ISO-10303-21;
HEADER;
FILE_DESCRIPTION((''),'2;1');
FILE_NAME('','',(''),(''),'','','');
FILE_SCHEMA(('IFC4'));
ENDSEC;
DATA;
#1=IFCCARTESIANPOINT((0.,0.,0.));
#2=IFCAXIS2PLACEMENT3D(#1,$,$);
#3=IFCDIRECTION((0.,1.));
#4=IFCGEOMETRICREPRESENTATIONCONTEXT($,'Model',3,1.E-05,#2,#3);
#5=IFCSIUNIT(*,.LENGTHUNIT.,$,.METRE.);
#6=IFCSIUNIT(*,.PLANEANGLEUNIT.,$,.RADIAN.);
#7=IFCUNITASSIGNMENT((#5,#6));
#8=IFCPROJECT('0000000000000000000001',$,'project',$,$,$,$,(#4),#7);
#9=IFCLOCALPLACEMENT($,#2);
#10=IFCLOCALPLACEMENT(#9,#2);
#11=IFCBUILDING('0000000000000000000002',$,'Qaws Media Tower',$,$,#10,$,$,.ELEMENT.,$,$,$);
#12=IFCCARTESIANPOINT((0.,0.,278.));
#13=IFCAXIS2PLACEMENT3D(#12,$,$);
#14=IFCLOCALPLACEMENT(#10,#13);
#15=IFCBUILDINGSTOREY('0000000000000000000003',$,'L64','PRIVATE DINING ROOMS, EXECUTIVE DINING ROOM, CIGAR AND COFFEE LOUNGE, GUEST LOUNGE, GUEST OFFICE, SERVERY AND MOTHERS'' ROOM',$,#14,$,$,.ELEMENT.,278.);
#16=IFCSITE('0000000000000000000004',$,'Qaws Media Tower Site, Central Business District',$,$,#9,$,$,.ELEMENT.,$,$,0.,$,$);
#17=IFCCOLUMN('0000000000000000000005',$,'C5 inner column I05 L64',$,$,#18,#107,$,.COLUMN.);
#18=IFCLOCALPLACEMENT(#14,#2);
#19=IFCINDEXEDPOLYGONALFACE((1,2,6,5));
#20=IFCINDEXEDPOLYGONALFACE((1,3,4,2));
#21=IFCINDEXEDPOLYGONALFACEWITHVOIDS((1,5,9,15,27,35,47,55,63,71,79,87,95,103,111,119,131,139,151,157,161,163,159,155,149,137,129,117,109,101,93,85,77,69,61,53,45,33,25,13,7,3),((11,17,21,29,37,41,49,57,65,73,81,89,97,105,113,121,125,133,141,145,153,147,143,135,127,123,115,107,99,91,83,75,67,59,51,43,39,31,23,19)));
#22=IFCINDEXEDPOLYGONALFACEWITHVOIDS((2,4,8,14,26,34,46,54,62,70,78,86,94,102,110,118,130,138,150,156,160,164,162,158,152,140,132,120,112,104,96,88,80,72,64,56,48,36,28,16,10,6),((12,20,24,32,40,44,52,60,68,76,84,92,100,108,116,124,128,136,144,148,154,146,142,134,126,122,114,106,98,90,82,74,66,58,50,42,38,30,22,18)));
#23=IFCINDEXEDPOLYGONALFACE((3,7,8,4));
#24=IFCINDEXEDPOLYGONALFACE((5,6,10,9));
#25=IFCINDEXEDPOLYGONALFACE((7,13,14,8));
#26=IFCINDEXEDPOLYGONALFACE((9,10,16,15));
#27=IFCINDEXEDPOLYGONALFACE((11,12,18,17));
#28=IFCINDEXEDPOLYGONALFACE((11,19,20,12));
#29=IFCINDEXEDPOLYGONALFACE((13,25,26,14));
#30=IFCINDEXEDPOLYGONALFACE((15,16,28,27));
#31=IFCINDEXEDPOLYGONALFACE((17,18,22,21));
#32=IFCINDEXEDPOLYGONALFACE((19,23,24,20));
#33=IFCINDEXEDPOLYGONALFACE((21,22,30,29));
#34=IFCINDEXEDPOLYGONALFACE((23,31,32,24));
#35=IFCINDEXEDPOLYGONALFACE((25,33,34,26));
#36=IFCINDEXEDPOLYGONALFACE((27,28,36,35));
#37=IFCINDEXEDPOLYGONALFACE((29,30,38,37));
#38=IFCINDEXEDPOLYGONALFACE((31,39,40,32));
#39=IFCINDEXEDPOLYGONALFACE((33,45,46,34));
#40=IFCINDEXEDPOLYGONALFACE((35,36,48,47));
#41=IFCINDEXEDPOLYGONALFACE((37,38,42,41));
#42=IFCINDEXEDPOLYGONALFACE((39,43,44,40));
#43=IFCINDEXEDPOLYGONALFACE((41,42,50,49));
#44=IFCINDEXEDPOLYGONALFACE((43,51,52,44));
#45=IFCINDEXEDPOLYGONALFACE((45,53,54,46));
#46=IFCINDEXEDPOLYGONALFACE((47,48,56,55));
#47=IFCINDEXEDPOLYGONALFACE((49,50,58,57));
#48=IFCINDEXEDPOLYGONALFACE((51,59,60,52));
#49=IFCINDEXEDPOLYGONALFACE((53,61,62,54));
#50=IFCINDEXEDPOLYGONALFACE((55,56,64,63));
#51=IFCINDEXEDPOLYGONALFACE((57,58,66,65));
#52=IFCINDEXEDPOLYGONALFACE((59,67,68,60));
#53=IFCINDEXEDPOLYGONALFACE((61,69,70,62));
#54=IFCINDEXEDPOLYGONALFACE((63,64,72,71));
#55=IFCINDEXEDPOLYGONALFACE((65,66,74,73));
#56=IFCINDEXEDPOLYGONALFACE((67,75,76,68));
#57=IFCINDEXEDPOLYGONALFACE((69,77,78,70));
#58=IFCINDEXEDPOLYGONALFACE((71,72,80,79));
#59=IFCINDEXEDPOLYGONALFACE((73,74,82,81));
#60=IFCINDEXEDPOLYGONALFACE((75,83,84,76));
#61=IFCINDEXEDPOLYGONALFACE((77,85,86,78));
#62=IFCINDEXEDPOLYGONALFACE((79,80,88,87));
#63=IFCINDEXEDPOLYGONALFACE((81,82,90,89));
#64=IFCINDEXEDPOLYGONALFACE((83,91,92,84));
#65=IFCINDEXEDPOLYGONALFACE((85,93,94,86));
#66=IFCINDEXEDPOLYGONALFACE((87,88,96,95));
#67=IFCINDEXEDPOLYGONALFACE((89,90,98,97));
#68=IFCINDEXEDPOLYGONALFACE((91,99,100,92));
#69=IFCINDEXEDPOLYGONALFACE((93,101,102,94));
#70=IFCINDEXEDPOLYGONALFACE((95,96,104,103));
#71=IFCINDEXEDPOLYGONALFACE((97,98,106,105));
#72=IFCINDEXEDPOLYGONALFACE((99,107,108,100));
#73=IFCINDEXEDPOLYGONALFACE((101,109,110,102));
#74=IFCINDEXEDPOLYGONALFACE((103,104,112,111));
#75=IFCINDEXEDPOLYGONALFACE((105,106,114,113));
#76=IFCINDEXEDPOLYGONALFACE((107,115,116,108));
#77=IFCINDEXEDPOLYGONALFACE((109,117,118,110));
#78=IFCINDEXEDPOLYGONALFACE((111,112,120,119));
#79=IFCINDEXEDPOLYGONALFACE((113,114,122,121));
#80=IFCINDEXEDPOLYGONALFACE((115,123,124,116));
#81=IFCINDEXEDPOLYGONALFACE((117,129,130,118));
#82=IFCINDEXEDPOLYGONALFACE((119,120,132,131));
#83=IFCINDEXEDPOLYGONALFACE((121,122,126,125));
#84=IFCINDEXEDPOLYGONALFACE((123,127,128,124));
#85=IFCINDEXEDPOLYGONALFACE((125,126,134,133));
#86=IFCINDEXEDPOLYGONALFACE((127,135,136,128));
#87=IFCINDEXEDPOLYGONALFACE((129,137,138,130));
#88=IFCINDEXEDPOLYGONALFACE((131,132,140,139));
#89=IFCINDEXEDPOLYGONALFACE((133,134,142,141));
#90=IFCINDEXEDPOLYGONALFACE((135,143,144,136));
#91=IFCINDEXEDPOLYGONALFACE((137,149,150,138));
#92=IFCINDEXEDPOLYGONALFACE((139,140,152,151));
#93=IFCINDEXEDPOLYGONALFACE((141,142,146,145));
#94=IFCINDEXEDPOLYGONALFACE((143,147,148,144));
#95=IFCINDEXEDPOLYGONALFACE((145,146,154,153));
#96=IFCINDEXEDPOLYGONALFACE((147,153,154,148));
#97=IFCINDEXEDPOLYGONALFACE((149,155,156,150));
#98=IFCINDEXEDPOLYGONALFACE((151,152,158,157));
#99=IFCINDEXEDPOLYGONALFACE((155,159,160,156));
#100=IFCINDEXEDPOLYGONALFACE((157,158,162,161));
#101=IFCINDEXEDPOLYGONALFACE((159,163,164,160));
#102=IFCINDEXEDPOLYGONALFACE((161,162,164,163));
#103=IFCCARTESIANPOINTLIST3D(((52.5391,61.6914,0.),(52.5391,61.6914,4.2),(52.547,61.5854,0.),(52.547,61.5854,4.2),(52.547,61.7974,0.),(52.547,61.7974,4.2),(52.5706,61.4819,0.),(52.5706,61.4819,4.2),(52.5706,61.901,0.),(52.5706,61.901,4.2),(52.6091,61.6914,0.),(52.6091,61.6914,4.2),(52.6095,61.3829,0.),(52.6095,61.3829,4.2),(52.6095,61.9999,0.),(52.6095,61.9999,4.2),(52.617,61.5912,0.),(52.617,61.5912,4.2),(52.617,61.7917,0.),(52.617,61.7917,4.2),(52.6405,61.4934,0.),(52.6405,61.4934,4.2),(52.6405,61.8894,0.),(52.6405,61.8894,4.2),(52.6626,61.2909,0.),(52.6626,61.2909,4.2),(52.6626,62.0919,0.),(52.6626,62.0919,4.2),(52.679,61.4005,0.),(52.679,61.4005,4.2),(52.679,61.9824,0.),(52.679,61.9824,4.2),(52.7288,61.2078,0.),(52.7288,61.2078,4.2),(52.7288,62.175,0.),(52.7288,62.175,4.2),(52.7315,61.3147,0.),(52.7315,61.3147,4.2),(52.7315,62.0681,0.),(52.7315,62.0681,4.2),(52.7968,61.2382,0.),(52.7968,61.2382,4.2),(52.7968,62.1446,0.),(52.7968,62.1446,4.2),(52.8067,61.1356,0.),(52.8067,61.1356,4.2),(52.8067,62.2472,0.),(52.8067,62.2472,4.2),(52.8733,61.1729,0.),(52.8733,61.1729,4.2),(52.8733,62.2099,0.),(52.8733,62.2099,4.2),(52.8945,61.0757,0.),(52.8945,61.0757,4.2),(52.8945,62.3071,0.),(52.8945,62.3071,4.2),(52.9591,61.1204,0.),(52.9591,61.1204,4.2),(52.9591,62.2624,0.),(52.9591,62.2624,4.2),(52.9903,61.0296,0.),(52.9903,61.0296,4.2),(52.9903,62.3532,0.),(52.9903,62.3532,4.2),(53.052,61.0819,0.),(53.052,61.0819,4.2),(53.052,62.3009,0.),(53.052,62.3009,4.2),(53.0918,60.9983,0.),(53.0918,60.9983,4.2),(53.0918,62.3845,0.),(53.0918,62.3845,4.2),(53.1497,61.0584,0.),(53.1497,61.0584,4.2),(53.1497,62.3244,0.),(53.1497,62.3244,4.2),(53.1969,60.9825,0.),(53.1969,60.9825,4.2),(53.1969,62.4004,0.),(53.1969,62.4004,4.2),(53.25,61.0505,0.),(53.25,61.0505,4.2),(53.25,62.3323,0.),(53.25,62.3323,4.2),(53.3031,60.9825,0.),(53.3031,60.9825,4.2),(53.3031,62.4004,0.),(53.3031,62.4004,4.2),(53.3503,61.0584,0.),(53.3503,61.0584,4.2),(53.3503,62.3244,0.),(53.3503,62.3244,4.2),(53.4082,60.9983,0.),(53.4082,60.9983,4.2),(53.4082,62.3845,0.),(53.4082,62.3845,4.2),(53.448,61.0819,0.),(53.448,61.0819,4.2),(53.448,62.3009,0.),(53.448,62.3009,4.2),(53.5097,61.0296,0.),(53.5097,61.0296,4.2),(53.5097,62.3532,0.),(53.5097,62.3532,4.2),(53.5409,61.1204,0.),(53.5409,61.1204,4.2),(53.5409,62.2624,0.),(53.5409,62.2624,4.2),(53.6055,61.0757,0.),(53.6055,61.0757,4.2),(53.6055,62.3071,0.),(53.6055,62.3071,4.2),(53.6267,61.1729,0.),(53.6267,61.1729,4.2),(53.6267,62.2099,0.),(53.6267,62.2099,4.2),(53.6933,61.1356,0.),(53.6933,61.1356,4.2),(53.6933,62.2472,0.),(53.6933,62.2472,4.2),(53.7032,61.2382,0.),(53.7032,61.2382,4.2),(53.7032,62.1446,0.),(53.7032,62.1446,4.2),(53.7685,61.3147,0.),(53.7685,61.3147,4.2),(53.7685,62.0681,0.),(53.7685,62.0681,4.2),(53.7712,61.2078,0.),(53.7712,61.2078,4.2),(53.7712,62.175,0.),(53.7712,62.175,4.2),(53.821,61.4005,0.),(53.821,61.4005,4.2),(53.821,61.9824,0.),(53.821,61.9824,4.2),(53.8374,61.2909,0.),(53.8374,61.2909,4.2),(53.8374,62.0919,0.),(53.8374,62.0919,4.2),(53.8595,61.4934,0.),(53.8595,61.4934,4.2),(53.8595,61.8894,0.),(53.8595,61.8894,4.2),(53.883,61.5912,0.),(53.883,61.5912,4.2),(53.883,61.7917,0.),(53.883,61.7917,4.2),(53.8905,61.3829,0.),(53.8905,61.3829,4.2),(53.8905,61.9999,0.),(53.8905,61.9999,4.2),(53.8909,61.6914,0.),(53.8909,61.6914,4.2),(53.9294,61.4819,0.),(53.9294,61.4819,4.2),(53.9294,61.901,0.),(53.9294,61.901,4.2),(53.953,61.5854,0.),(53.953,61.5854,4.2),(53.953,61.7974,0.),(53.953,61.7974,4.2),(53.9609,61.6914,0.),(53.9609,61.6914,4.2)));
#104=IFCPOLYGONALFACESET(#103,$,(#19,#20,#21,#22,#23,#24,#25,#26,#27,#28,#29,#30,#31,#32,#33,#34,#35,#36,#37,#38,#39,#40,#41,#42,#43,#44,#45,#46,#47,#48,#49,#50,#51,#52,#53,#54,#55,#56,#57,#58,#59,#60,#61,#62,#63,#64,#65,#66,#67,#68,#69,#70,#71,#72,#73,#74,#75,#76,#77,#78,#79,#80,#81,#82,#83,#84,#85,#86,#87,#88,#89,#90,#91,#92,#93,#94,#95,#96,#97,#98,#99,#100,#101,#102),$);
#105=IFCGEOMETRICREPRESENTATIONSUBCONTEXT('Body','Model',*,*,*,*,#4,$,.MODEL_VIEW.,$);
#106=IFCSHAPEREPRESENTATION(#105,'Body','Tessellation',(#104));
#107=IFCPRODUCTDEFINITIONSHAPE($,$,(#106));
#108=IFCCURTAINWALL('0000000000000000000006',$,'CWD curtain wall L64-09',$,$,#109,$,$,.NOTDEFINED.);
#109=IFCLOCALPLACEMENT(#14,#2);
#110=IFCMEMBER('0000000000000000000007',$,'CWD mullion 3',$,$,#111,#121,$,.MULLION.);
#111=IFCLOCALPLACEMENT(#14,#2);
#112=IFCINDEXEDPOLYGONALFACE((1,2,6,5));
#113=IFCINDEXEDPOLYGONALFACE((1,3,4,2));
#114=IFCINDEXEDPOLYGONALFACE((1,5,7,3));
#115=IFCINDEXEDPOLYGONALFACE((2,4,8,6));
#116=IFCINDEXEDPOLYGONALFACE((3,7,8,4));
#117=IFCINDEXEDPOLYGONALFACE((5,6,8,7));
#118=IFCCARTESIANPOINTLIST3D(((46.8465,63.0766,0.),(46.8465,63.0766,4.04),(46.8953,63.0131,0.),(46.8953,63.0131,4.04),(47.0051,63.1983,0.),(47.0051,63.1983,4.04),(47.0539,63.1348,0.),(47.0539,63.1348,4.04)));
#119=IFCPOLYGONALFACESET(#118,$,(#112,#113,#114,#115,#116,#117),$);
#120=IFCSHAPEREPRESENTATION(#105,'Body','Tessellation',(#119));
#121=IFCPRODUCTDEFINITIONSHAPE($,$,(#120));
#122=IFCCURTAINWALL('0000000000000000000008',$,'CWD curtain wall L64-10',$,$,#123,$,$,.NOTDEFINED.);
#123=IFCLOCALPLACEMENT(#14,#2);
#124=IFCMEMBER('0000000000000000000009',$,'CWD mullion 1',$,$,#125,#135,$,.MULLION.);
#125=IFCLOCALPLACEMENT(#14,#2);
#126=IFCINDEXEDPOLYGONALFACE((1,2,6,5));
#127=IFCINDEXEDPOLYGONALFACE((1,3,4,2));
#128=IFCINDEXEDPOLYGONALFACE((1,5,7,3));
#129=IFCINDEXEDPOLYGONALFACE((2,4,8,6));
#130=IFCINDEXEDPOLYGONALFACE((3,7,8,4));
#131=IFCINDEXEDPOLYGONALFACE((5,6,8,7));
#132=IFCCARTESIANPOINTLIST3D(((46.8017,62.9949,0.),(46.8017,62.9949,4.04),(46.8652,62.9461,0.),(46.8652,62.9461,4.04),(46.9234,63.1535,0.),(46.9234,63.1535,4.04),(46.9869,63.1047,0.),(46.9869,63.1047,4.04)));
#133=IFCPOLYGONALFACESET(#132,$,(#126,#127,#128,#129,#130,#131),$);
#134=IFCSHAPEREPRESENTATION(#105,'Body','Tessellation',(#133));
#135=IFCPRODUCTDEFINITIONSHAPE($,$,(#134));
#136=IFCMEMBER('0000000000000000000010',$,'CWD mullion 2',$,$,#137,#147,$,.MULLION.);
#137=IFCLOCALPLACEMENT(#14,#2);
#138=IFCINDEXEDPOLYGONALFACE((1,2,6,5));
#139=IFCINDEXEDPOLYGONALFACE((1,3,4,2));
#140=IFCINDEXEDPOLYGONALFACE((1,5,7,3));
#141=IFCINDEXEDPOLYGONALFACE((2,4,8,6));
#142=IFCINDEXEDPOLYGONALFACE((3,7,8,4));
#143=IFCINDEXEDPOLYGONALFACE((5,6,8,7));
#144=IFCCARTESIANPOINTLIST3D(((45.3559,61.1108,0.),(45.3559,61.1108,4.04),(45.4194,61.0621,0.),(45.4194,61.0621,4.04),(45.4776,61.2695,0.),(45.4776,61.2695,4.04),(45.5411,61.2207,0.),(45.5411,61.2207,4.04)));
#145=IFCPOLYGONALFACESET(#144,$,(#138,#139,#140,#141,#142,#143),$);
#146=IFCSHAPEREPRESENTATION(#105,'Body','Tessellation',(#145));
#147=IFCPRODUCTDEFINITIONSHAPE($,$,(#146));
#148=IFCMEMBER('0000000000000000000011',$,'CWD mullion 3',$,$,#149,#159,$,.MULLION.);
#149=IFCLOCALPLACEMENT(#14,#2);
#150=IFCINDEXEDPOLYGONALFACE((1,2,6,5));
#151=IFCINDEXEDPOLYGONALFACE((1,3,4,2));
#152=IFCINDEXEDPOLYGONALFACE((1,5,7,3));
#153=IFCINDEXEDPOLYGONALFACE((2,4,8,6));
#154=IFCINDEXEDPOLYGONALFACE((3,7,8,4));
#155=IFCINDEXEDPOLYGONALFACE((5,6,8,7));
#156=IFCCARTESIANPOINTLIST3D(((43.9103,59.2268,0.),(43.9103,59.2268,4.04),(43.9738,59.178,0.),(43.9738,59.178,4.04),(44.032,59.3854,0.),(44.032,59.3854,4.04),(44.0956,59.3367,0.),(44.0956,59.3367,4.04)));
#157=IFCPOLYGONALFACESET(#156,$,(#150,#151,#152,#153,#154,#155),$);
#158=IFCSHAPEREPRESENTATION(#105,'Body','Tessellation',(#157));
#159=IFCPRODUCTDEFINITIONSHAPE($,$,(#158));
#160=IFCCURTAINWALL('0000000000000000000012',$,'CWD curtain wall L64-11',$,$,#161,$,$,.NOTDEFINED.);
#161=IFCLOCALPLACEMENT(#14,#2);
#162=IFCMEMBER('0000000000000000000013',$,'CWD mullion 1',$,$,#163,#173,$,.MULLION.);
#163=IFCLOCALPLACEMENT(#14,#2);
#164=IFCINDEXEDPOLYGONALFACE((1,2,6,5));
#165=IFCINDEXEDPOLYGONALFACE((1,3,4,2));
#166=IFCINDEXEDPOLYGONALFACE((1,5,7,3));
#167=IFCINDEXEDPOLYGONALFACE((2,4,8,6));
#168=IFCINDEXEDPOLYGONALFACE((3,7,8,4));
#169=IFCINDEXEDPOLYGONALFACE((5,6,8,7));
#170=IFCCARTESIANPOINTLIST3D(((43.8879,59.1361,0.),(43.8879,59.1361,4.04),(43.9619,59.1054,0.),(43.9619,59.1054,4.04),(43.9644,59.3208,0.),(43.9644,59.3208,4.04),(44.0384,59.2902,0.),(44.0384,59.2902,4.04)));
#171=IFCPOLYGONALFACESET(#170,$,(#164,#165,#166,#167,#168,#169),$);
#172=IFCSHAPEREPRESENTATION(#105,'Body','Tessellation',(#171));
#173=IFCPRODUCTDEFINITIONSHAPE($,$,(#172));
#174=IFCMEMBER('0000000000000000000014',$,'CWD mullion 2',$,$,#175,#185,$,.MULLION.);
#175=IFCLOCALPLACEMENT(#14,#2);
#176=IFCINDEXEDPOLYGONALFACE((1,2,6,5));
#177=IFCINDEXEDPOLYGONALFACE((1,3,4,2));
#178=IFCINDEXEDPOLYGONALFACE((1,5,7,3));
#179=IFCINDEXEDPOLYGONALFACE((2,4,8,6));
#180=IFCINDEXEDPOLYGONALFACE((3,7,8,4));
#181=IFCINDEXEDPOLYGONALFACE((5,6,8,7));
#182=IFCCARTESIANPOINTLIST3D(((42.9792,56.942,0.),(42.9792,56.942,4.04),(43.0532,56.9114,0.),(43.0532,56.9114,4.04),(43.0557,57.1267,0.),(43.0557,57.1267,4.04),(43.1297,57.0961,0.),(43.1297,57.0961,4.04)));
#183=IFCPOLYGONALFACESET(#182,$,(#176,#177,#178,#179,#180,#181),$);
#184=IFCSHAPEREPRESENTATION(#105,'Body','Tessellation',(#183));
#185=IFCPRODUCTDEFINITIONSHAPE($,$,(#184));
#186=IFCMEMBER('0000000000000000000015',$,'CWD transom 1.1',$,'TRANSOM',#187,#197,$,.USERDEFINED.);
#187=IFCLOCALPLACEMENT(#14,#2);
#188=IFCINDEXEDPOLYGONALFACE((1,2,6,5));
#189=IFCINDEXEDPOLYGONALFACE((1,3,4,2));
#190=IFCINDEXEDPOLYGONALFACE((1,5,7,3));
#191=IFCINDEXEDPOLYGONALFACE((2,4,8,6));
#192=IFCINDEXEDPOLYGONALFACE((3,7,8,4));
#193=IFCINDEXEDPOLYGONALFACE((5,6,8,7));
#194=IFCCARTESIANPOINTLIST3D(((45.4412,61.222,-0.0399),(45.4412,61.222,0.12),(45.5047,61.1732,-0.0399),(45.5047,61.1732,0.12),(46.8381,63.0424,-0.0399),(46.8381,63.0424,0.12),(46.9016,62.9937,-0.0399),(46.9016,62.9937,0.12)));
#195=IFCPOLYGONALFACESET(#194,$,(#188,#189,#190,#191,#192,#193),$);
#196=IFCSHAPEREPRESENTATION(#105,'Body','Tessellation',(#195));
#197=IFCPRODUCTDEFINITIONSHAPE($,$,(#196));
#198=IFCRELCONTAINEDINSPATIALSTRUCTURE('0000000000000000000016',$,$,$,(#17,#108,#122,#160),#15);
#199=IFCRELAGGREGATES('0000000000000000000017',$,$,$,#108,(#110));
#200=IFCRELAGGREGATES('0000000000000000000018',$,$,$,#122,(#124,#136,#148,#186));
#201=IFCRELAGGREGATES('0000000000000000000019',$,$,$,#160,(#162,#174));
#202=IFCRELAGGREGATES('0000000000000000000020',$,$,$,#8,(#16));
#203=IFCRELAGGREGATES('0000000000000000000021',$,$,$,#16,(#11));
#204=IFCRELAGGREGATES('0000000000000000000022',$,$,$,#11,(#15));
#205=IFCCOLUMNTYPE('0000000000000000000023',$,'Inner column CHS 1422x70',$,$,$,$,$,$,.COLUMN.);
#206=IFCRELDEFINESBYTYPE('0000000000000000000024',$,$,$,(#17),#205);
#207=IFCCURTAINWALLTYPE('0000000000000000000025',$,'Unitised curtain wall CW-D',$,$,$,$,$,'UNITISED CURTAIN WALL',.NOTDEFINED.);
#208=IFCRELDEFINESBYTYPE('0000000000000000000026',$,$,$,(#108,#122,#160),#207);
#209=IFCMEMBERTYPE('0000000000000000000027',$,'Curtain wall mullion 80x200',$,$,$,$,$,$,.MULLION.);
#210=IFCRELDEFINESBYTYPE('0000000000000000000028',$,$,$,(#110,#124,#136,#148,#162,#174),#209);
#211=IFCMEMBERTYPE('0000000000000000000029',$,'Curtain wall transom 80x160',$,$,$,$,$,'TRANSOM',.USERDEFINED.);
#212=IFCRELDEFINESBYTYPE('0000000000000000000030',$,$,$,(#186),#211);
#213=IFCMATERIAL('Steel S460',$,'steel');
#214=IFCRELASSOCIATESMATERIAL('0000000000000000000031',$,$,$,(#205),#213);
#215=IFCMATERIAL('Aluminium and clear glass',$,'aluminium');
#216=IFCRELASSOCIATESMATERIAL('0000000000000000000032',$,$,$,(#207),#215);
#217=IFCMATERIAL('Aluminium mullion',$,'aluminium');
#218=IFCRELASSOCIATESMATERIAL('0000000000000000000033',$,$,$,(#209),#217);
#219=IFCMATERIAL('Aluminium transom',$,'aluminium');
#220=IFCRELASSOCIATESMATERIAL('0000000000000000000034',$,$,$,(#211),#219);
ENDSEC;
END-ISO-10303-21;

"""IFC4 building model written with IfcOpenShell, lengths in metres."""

from ifc_helpers import new_model, si_unit, direction, frame, origin, origin_2d, place, context, subcontext, project, spatial, rectangle, hollow_circle, extrude, material, material_profile, profile_set, type_object, element, aggregate, save


model = new_model("IFC4")

# Units and contexts
model_context = context("Model", 3, precision=1e-05, world=origin(), true_north=direction((0.0, 1.0)))
body_context = subcontext(model_context, "Body", "Model", "MODEL_VIEW")
ifc_project = project(units=[si_unit("LENGTHUNIT", "METRE"), si_unit("PLANEANGLEUNIT", "RADIAN")], contexts=[model_context])

# Site, building, storey
site_placement = place(None, origin())
site = spatial("IfcSite", under=ifc_project, at=site_placement, Name="Qaws Media Tower Site, Central Business District", CompositionType="ELEMENT", RefElevation=0.0)
building_placement = place(site_placement, origin())
building = spatial("IfcBuilding", under=site, at=building_placement, Name="Qaws Media Tower", CompositionType="ELEMENT")
storey_placement = place(building_placement, frame((0.0, 0.0, 278.0)))
storey = spatial("IfcBuildingStorey", under=building, at=storey_placement, Name="L64", Description="PRIVATE DINING ROOMS, EXECUTIVE DINING ROOM, CIGAR AND COFFEE LOUNGE, GUEST LOUNGE, GUEST OFFICE, SERVERY AND MOTHERS' ROOM", CompositionType="ELEMENT", Elevation=278.0)

# Column
ifc_material_1 = material(Name="Steel S460", Category="steel")
ifc_material_profile_1 = material_profile(ifc_material_1, hollow_circle(Radius=0.7109, WallThickness=0.0701, at=origin_2d()), Name="CHS 1422x70")
ifc_profile_set_1 = profile_set([ifc_material_profile_1], Name="Steel S460")
column_type = type_object("IfcColumnType", Name="Inner column CHS 1422x70", PredefinedType="COLUMN", material=ifc_profile_set_1)
column_placement = place(storey_placement, frame((53.25, 61.6914, 0.0), z_axis=(0.0, 0.0, 1.0), x_axis=(1.0, 0.0, 0.0)))
element("IfcColumn", 1, at=column_placement, inside=storey, type_object=column_type, Name="C5 inner column I05 L64", PredefinedType="COLUMN", context=body_context, shape_type="SweptSolid", body=[
    extrude(hollow_circle(Radius=0.7109, WallThickness=0.0701, at=origin_2d()), origin(), (0.0, 0.0, 1.0), 4.2),
])

# Curtain wall, member
ifc_material_2 = material(Name="Aluminium and clear glass", Category="aluminium")
curtain_wall_type = type_object("IfcCurtainWallType", Name="Unitised curtain wall CW-D", ElementType="UNITISED CURTAIN WALL", PredefinedType="NOTDEFINED", material=ifc_material_2)
curtain_wall_1_placement = place(storey_placement, origin())
curtain_wall_1 = element("IfcCurtainWall", 2, at=curtain_wall_1_placement, inside=storey, type_object=curtain_wall_type, Name="CWD curtain wall L64-09", PredefinedType="NOTDEFINED")
ifc_material_3 = material(Name="Aluminium mullion", Category="aluminium")
ifc_material_profile_2 = material_profile(ifc_material_3, rectangle(XDim=0.0801, YDim=0.2, at=origin_2d()), Name="80x200")
ifc_profile_set_2 = profile_set([ifc_material_profile_2], Name="Aluminium mullion")
member_type_1 = type_object("IfcMemberType", Name="Curtain wall mullion 80x200", PredefinedType="MULLION", material=ifc_profile_set_2)
member_1_placement = place(storey_placement, frame((46.9502, 63.1057, 0.0), z_axis=(0.0, 0.0, 1.0), x_axis=(0.608762, -0.793353, 0.0)))
member_1 = element("IfcMember", 3, at=member_1_placement, type_object=member_type_1, Name="CWD mullion 3", PredefinedType="MULLION", context=body_context, shape_type="SweptSolid", body=[
    extrude(rectangle(XDim=0.0801, YDim=0.2, at=origin_2d()), origin(), (0.0, 0.0, 1.0), 4.04),
])
aggregate(curtain_wall_1, [member_1])

# Curtain walls, members
curtain_wall_2_placement = place(storey_placement, origin())
curtain_wall_2 = element("IfcCurtainWall", 4, at=curtain_wall_2_placement, inside=storey, type_object=curtain_wall_type, Name="CWD curtain wall L64-10", PredefinedType="NOTDEFINED")
member_2_placement = place(storey_placement, frame((46.8943, 63.0498, 0.0), z_axis=(0.0, 0.0, 1.0), x_axis=(0.793353, -0.608762, 0.0)))
member_2 = element("IfcMember", 5, at=member_2_placement, type_object=member_type_1, Name="CWD mullion 1", PredefinedType="MULLION", context=body_context, shape_type="SweptSolid", body=[
    extrude(rectangle(XDim=0.0801, YDim=0.2, at=origin_2d()), origin(), (0.0, 0.0, 1.0), 4.04),
])
member_3_placement = place(storey_placement, frame((45.4485, 61.1658, 0.0), z_axis=(0.0, 0.0, 1.0), x_axis=(0.793353, -0.608762, 0.0)))
member_3 = element("IfcMember", 6, at=member_3_placement, type_object=member_type_1, Name="CWD mullion 2", PredefinedType="MULLION", context=body_context, shape_type="SweptSolid", body=[
    extrude(rectangle(XDim=0.0801, YDim=0.2, at=origin_2d()), origin(), (0.0, 0.0, 1.0), 4.04),
])
member_4_placement = place(storey_placement, frame((44.0029, 59.2817, 0.0), z_axis=(0.0, 0.0, 1.0), x_axis=(0.793353, -0.608762, 0.0)))
member_4 = element("IfcMember", 7, at=member_4_placement, type_object=member_type_1, Name="CWD mullion 3", PredefinedType="MULLION", context=body_context, shape_type="SweptSolid", body=[
    extrude(rectangle(XDim=0.0801, YDim=0.2, at=origin_2d()), origin(), (0.0, 0.0, 1.0), 4.04),
])
curtain_wall_3_placement = place(storey_placement, origin())
curtain_wall_3 = element("IfcCurtainWall", 8, at=curtain_wall_3_placement, inside=storey, type_object=curtain_wall_type, Name="CWD curtain wall L64-11", PredefinedType="NOTDEFINED")
member_5_placement = place(storey_placement, frame((43.9631, 59.2131, 0.0), z_axis=(0.0, 0.0, 1.0), x_axis=(0.92388, -0.382683, 0.0)))
member_5 = element("IfcMember", 9, at=member_5_placement, type_object=member_type_1, Name="CWD mullion 1", PredefinedType="MULLION", context=body_context, shape_type="SweptSolid", body=[
    extrude(rectangle(XDim=0.0801, YDim=0.2, at=origin_2d()), origin(), (0.0, 0.0, 1.0), 4.04),
])
member_6_placement = place(storey_placement, frame((43.0544, 57.019, 0.0), z_axis=(0.0, 0.0, 1.0), x_axis=(0.92388, -0.382683, 0.0)))
member_6 = element("IfcMember", 10, at=member_6_placement, type_object=member_type_1, Name="CWD mullion 2", PredefinedType="MULLION", context=body_context, shape_type="SweptSolid", body=[
    extrude(rectangle(XDim=0.0801, YDim=0.2, at=origin_2d()), origin(), (0.0, 0.0, 1.0), 4.04),
])

# Member
ifc_material_4 = material(Name="Aluminium transom", Category="aluminium")
ifc_material_profile_3 = material_profile(ifc_material_4, rectangle(XDim=0.0801, YDim=0.1599, at=origin_2d()), Name="80x160")
ifc_profile_set_3 = profile_set([ifc_material_profile_3], Name="Aluminium transom")
member_type_2 = type_object("IfcMemberType", Name="Curtain wall transom 80x160", ElementType="TRANSOM", PredefinedType="USERDEFINED", material=ifc_profile_set_3)
member_7_placement = place(storey_placement, frame((46.8699, 63.0181, 0.04), z_axis=(-0.608764, -0.793351, 0.0), x_axis=(0.793351, -0.608764, 0.0)))
member_7 = element("IfcMember", 11, at=member_7_placement, type_object=member_type_2, Name="CWD transom 1.1", ObjectType="TRANSOM", PredefinedType="USERDEFINED", context=body_context, shape_type="SweptSolid", body=[
    extrude(rectangle(XDim=0.0801, YDim=0.1599, at=origin_2d()), origin(), (0.0, 0.0, 1.0), 2.2947),
])

aggregate(curtain_wall_2, [member_2, member_3, member_4, member_7])
aggregate(curtain_wall_3, [member_5, member_6])

save(model, "model.ifc")
